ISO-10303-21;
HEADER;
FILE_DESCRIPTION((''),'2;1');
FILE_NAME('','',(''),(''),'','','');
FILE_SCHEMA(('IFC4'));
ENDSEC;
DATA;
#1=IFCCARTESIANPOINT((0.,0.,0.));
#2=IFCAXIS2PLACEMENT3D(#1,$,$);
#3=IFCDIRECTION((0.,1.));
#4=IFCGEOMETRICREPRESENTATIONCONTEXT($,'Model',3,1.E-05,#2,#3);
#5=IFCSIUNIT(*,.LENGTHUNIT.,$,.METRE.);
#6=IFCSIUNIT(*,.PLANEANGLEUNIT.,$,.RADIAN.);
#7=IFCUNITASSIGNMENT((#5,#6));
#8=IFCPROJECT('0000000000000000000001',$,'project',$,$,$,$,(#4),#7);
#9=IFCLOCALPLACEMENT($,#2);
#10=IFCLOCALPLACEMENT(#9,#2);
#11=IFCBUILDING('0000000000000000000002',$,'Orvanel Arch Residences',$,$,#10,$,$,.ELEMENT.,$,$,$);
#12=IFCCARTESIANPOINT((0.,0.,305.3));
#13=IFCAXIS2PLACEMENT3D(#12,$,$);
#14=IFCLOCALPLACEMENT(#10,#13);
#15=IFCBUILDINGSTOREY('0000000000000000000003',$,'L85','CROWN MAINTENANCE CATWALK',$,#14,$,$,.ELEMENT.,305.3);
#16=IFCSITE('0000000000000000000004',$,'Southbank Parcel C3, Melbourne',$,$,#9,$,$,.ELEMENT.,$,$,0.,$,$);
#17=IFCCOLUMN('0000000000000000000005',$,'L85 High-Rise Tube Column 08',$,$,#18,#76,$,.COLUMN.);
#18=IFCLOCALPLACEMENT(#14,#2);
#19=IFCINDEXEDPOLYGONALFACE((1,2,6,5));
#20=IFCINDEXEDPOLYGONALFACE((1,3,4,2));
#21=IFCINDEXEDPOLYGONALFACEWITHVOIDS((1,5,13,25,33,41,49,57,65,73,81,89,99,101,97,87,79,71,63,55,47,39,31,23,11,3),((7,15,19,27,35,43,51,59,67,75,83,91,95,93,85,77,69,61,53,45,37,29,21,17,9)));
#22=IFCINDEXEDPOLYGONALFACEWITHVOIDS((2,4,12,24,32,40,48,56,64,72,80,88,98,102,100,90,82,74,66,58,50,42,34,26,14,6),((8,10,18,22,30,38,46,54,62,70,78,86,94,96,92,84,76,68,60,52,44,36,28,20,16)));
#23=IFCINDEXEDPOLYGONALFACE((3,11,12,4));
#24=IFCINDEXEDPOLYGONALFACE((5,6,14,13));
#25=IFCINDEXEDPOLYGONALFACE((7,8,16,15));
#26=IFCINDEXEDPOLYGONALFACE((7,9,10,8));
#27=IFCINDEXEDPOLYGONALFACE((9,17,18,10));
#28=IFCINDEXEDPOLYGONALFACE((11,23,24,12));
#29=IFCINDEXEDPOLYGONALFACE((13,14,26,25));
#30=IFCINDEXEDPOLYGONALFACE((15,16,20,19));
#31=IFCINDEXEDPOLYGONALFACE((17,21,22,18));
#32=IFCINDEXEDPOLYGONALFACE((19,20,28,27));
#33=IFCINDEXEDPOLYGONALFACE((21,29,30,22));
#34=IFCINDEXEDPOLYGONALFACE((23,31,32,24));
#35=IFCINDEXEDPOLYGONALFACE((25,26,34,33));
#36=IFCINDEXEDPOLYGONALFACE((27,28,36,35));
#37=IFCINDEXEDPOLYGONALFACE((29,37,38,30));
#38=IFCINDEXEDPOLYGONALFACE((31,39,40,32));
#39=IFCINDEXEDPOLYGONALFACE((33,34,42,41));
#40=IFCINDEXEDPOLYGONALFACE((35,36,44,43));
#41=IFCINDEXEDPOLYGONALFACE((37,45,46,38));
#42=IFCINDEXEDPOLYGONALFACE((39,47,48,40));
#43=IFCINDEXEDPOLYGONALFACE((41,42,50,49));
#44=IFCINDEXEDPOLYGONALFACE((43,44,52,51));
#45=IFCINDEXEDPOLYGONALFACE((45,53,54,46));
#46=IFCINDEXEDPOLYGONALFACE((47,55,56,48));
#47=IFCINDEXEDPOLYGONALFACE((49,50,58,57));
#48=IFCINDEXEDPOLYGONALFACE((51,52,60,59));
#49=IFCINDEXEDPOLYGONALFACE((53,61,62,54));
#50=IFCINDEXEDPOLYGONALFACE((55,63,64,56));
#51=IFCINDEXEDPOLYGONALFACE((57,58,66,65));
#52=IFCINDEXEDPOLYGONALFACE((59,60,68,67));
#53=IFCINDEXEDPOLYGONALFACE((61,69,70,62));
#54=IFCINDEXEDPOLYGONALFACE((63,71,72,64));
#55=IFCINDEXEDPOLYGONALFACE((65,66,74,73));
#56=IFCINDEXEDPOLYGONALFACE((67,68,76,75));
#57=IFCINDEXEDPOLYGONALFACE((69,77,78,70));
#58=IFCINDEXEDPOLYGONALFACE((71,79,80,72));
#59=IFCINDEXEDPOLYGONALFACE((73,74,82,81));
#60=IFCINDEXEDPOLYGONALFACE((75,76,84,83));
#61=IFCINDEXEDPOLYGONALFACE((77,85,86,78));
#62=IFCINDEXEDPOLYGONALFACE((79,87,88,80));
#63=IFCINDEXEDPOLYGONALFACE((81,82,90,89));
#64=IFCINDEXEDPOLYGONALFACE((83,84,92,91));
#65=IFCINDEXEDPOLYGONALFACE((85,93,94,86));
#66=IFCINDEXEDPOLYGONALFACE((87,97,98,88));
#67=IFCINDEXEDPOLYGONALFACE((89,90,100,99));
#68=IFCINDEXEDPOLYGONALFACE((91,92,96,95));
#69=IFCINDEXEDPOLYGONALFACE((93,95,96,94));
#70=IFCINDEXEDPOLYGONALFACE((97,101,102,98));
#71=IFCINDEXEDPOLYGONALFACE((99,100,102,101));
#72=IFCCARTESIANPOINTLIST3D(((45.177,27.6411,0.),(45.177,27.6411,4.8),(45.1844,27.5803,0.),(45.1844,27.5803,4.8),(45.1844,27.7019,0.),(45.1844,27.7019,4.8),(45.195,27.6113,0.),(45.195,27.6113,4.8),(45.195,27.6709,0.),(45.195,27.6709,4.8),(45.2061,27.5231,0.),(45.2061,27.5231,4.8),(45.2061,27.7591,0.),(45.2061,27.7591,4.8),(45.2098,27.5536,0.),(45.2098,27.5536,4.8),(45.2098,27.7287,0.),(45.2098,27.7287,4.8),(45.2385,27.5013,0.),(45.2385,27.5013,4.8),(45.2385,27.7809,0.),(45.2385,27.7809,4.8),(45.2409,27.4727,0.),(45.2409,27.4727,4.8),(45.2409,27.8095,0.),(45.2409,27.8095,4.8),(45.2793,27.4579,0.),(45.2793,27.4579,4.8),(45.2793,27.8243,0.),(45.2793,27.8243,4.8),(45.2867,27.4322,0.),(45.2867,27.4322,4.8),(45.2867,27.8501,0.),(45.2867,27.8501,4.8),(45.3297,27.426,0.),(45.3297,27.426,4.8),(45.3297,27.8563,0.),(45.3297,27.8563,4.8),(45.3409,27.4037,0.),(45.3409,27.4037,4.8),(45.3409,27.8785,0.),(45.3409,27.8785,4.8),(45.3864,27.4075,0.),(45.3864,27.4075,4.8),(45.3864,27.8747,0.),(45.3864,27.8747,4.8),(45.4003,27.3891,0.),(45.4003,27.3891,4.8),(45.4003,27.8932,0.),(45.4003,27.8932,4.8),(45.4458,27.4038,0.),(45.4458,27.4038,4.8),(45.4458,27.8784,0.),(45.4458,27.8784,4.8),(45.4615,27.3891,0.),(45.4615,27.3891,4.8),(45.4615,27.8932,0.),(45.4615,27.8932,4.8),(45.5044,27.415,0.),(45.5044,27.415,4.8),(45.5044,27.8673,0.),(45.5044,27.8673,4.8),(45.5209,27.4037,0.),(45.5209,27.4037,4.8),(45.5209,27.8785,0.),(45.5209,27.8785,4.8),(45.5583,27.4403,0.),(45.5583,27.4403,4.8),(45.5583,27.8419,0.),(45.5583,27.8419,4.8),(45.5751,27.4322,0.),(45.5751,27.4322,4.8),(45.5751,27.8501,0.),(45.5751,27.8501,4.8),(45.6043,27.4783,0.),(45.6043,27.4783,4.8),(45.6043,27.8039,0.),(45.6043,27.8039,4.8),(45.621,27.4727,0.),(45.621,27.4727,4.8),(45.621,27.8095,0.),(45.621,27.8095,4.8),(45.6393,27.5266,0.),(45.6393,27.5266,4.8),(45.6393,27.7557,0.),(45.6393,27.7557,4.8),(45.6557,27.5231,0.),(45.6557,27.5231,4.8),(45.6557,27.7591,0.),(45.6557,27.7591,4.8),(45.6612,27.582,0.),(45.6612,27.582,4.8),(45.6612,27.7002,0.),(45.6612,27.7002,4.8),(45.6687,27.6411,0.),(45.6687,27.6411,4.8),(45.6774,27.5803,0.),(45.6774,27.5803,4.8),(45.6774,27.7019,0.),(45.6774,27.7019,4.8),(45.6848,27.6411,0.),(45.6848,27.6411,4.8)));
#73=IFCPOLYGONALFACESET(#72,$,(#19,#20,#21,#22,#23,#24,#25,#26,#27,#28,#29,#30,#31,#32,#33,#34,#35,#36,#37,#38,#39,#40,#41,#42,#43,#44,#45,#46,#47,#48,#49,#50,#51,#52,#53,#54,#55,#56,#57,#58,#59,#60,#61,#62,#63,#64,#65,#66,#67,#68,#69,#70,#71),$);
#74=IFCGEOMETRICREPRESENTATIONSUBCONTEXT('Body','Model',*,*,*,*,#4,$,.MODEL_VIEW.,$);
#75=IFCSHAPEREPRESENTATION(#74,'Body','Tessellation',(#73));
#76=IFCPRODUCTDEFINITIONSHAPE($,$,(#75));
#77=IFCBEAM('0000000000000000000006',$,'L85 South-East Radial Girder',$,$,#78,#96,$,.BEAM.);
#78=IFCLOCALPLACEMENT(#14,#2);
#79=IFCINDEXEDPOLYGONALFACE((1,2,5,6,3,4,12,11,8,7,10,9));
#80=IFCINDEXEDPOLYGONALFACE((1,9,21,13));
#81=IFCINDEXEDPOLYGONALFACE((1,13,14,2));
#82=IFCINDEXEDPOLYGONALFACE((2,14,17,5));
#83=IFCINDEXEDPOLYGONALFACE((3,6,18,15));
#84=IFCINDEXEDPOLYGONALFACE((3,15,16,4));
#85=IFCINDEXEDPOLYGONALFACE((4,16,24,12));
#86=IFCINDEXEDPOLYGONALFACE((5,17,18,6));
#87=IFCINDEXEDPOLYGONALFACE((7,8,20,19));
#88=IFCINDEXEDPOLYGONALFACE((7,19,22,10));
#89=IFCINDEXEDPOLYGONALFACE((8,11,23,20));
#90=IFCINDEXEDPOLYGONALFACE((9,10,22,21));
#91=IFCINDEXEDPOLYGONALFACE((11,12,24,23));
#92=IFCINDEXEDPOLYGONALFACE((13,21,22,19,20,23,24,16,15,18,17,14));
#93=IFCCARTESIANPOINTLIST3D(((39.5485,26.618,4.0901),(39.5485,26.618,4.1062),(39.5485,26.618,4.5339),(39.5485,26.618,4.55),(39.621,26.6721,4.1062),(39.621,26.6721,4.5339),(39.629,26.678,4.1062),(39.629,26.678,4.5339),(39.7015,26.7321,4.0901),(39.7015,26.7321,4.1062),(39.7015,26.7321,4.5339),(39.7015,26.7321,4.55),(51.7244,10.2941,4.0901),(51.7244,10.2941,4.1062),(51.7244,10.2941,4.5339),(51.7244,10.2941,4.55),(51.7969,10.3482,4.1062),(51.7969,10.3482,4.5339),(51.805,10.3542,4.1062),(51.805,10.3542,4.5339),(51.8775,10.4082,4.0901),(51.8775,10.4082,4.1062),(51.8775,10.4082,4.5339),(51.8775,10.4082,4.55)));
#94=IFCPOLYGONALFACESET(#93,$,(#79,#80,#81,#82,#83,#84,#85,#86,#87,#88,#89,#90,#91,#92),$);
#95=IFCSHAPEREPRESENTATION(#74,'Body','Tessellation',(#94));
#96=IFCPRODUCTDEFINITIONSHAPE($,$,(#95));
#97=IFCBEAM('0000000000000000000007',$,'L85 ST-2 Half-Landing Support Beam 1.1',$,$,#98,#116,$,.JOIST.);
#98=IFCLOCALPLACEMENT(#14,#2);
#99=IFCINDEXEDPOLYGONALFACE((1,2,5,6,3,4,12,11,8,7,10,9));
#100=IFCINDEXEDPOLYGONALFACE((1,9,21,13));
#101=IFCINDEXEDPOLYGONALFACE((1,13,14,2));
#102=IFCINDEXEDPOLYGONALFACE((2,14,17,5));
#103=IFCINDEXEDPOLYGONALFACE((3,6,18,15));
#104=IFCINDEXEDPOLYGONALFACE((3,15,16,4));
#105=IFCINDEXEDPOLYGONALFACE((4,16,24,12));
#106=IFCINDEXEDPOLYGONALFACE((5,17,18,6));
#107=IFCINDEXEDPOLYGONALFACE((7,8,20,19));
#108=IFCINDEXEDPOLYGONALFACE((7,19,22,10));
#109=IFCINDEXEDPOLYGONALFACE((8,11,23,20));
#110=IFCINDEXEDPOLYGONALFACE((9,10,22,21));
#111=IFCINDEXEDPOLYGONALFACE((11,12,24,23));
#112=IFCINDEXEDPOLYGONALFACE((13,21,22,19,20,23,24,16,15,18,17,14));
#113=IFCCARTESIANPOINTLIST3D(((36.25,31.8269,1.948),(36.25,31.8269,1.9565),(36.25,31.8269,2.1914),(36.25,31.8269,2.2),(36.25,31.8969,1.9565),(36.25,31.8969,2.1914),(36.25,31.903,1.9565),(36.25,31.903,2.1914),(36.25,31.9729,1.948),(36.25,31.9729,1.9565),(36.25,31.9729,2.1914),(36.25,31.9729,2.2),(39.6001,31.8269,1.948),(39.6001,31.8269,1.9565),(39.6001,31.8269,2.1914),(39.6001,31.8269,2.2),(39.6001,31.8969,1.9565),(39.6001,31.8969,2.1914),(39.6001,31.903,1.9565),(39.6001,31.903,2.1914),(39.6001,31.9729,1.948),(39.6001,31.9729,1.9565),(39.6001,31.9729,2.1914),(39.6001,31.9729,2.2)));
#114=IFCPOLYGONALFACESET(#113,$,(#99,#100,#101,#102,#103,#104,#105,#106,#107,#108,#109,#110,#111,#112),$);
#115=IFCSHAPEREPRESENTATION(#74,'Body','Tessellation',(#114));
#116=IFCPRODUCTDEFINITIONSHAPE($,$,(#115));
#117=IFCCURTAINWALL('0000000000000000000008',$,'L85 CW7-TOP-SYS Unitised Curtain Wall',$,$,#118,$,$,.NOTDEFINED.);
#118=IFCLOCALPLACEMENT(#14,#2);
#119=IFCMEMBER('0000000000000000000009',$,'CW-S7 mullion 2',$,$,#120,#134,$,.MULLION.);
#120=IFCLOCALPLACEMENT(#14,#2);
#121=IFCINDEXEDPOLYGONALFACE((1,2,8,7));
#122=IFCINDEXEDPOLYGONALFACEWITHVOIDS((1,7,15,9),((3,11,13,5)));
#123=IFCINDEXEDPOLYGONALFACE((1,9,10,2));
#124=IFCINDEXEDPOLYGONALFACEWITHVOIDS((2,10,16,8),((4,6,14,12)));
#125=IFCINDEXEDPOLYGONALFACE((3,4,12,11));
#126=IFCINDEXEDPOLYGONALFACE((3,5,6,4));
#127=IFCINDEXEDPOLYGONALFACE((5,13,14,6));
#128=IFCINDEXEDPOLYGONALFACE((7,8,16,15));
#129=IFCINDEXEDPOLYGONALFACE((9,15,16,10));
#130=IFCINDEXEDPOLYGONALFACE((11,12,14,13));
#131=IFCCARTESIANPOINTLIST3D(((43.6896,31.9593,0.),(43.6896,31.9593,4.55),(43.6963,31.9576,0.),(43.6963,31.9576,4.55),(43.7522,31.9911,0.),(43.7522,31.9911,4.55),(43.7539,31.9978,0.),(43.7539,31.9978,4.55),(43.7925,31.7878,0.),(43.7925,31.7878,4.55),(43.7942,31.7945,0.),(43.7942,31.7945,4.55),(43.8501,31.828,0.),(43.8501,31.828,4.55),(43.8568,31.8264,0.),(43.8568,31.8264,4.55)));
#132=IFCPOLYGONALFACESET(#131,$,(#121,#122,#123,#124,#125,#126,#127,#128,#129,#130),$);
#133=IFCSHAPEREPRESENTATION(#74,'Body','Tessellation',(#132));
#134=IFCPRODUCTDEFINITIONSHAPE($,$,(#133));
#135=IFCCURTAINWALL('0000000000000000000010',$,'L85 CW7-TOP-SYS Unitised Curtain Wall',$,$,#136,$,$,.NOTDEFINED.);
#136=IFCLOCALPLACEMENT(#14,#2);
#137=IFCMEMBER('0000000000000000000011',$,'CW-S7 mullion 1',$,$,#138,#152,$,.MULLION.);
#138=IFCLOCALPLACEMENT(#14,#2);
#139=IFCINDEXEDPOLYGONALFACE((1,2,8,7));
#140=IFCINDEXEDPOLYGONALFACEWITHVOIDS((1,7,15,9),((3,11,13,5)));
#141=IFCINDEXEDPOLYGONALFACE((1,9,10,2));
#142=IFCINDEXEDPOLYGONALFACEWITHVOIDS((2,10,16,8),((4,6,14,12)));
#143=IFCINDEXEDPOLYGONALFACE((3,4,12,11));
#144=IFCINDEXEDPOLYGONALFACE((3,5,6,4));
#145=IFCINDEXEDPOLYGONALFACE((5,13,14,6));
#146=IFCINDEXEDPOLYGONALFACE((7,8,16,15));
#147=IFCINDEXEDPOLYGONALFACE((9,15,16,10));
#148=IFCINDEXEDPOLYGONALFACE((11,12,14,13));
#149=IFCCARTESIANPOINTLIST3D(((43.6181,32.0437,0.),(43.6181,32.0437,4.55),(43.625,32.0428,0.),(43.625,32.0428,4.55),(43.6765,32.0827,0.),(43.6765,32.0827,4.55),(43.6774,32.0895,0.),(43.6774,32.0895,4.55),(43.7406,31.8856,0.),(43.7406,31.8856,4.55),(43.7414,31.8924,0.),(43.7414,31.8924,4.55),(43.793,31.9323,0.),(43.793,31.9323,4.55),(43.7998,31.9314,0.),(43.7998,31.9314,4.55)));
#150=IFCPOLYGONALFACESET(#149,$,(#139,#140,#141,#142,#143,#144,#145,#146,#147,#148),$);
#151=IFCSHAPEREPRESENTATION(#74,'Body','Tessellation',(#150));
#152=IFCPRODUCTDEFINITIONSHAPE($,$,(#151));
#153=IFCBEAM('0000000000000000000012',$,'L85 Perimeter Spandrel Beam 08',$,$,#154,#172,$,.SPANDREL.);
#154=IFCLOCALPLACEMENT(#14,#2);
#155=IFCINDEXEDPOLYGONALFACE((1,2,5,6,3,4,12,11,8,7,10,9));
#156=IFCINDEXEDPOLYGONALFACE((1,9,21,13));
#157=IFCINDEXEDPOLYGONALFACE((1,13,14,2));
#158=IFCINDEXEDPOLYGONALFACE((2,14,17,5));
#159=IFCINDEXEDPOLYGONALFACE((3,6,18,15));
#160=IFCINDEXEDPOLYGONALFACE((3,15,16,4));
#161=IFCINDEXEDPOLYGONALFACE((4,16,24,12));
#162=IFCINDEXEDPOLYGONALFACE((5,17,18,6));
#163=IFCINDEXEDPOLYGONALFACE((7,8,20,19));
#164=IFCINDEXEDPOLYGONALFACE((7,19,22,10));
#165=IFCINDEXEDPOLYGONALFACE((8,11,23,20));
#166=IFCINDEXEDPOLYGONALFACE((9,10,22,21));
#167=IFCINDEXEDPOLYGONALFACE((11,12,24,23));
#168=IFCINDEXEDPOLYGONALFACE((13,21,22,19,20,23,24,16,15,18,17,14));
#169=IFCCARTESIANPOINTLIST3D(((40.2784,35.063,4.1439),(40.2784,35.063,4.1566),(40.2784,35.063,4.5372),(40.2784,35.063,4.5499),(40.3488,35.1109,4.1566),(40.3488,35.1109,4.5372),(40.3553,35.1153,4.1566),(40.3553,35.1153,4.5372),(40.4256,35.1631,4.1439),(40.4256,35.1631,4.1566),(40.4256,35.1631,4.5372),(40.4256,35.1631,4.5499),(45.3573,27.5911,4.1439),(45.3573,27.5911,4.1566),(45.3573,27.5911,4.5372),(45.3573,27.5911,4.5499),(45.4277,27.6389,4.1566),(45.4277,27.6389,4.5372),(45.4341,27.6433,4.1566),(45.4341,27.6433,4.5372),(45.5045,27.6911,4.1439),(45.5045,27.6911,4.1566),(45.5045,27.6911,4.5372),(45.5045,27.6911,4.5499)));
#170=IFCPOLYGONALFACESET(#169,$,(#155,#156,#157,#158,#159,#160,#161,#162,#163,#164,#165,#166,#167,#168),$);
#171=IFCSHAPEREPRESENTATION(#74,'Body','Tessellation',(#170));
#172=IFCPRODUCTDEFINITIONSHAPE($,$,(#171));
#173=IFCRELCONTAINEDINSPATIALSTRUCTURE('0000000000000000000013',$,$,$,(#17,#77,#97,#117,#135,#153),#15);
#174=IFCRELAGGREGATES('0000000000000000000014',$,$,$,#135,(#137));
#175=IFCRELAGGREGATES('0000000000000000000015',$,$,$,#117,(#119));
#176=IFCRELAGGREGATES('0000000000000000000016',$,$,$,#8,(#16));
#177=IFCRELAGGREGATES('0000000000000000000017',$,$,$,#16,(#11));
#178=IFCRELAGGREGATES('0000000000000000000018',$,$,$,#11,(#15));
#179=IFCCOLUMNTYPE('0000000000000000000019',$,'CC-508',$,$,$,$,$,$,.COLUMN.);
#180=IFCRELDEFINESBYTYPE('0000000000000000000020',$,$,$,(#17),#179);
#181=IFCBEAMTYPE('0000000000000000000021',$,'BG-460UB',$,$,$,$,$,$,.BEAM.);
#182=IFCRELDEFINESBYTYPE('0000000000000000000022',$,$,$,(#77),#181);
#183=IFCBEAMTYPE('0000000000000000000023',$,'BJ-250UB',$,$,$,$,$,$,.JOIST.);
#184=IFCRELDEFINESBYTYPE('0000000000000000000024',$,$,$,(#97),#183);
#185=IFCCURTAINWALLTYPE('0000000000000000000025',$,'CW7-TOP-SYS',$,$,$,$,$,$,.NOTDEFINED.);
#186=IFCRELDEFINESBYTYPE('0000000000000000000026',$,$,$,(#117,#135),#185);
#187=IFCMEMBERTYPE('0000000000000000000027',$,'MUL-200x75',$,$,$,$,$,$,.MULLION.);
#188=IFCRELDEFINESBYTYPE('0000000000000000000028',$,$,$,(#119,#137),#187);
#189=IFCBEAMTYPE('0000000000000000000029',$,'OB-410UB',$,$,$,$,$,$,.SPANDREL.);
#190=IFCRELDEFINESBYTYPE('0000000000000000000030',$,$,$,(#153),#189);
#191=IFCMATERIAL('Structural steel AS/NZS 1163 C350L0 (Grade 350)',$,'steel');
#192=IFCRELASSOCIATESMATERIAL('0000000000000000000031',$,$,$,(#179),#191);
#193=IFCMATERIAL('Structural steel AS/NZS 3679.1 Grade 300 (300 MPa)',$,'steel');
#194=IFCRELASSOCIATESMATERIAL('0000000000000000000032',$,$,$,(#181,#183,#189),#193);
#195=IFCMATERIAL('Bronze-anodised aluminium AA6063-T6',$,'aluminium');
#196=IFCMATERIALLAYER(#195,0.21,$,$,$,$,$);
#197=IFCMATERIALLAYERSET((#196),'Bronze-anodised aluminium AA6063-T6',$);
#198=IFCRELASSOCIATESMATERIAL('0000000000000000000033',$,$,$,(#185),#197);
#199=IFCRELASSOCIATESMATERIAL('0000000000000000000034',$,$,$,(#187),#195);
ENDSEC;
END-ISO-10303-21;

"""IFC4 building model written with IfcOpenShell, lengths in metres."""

from ifc_helpers import new_model, si_unit, direction, frame, origin, origin_2d, place, context, subcontext, project, spatial, hollow_rectangle, hollow_circle, i_section, extrude, material, layer, layer_set, material_profile, profile_set, type_object, element, aggregate, save


model = new_model("IFC4")

# Units and contexts
model_context = context("Model", 3, precision=1e-05, world=origin(), true_north=direction((0.0, 1.0)))
body_context = subcontext(model_context, "Body", "Model", "MODEL_VIEW")
ifc_project = project(units=[si_unit("LENGTHUNIT", "METRE"), si_unit("PLANEANGLEUNIT", "RADIAN")], contexts=[model_context])

# Site, building, storey
site_placement = place(None, origin())
site = spatial("IfcSite", under=ifc_project, at=site_placement, Name="Southbank Parcel C3, Melbourne", CompositionType="ELEMENT", RefElevation=0.0)
building_placement = place(site_placement, origin())
building = spatial("IfcBuilding", under=site, at=building_placement, Name="Orvanel Arch Residences", CompositionType="ELEMENT")
storey_placement = place(building_placement, frame((0.0, 0.0, 305.3)))
storey = spatial("IfcBuildingStorey", under=building, at=storey_placement, Name="L85", Description="CROWN MAINTENANCE CATWALK", CompositionType="ELEMENT", Elevation=305.3)

# Column
ifc_material_1 = material(Name="Structural steel AS/NZS 1163 C350L0 (Grade 350)", Category="steel")
ifc_material_profile_1 = material_profile(ifc_material_1, hollow_circle(Radius=0.2539, WallThickness=0.0161, at=origin_2d()), Name="CHS508x16")
ifc_profile_set_1 = profile_set([ifc_material_profile_1], Name="Structural steel AS/NZS 1163 C350L0 (Grade 350)")
column_type = type_object("IfcColumnType", Name="CC-508", PredefinedType="COLUMN", material=ifc_profile_set_1)
column_placement = place(storey_placement, frame((45.4309, 27.6411, 0.0), z_axis=(0.0, 0.0, 1.0), x_axis=(1.0, 0.0, 0.0)))
element("IfcColumn", 1, at=column_placement, inside=storey, type_object=column_type, Name="L85 High-Rise Tube Column 08", PredefinedType="COLUMN", context=body_context, shape_type="SweptSolid", body=[
    extrude(hollow_circle(Radius=0.2539, WallThickness=0.0161, at=origin_2d()), origin(), (0.0, 0.0, 1.0), 4.8),
])

# Beams
ifc_material_2 = material(Name="Structural steel AS/NZS 3679.1 Grade 300 (300 MPa)", Category="steel")
ifc_material_profile_2 = material_profile(ifc_material_2, i_section(OverallWidth=0.1909, OverallDepth=0.46, WebThickness=0.01, FlangeThickness=0.0161, at=origin_2d()), Name="460UB82.1")
ifc_profile_set_2 = profile_set([ifc_material_profile_2], Name="Structural steel AS/NZS 3679.1 Grade 300 (300 MPa)")
beam_type_1 = type_object("IfcBeamType", Name="BG-460UB", PredefinedType="BEAM", material=ifc_profile_set_2)
beam_1_placement = place(storey_placement, frame((39.625, 26.675, 4.3201), z_axis=(0.597894, -0.801575, 0.0), x_axis=(0.801575, 0.597894, 0.0)))
element("IfcBeam", 2, at=beam_1_placement, inside=storey, type_object=beam_type_1, Name="L85 South-East Radial Girder", PredefinedType="BEAM", context=body_context, shape_type="SweptSolid", body=[
    extrude(i_section(OverallWidth=0.1909, OverallDepth=0.46, WebThickness=0.01, FlangeThickness=0.0161, at=origin_2d()), origin(), (0.0, 0.0, 1.0), 20.3647),
])
ifc_material_profile_3 = material_profile(ifc_material_2, i_section(OverallWidth=0.146, OverallDepth=0.252, WebThickness=0.0061, FlangeThickness=0.0085, at=origin_2d()), Name="250UB31.4")
ifc_profile_set_3 = profile_set([ifc_material_profile_3], Name="Structural steel AS/NZS 3679.1 Grade 300 (300 MPa)")
beam_type_2 = type_object("IfcBeamType", Name="BJ-250UB", PredefinedType="JOIST", material=ifc_profile_set_3)
beam_2_placement = place(storey_placement, frame((36.25, 31.8999, 2.074), z_axis=(1.0, 0.0, 0.0), x_axis=(0.0, 1.0, 0.0)))
element("IfcBeam", 3, at=beam_2_placement, inside=storey, type_object=beam_type_2, Name="L85 ST-2 Half-Landing Support Beam 1.1", PredefinedType="JOIST", context=body_context, shape_type="SweptSolid", body=[
    extrude(i_section(OverallWidth=0.146, OverallDepth=0.252, WebThickness=0.0061, FlangeThickness=0.0085, at=origin_2d()), origin(), (0.0, 0.0, 1.0), 3.3501),
])

# Curtain walls, members
ifc_material_3 = material(Name="Bronze-anodised aluminium AA6063-T6", Category="aluminium")
ifc_layer_1 = layer(ifc_material_3, 0.21)
ifc_layer_set_1 = layer_set([ifc_layer_1], Name="Bronze-anodised aluminium AA6063-T6")
curtain_wall_type = type_object("IfcCurtainWallType", Name="CW7-TOP-SYS", PredefinedType="NOTDEFINED", material=ifc_layer_set_1)
curtain_wall_1_placement = place(storey_placement, origin())
curtain_wall_1 = element("IfcCurtainWall", 4, at=curtain_wall_1_placement, inside=storey, type_object=curtain_wall_type, Name="L85 CW7-TOP-SYS Unitised Curtain Wall", PredefinedType="NOTDEFINED")
ifc_material_profile_4 = material_profile(ifc_material_3, hollow_rectangle(XDim=0.075, YDim=0.2, WallThickness=0.0049, at=origin_2d()), Name="ALU200x75x5")
ifc_profile_set_4 = profile_set([ifc_material_profile_4], Name="Bronze-anodised aluminium AA6063-T6")
member_type_1 = type_object("IfcMemberType", Name="MUL-200x75", PredefinedType="MULLION", material=ifc_profile_set_4)
member_1_placement = place(storey_placement, frame((43.7732, 31.8928, 0.0), z_axis=(0.0, 0.0, 1.0), x_axis=(-0.857522, -0.514447, 0.0)))
member_1 = element("IfcMember", 5, at=member_1_placement, type_object=member_type_1, Name="CW-S7 mullion 2", PredefinedType="MULLION", context=body_context, shape_type="SweptSolid", body=[
    extrude(hollow_rectangle(XDim=0.075, YDim=0.2, WallThickness=0.0049, at=origin_2d()), origin(), (0.0, 0.0, 1.0), 4.55),
])
curtain_wall_2_placement = place(storey_placement, origin())
curtain_wall_2 = element("IfcCurtainWall", 6, at=curtain_wall_2_placement, inside=storey, type_object=curtain_wall_type, Name="L85 CW7-TOP-SYS Unitised Curtain Wall", PredefinedType="NOTDEFINED")
member_2_placement = place(storey_placement, frame((43.709, 31.9875, 0.0), z_axis=(0.0, 0.0, 1.0), x_axis=(-0.790657, -0.61226, 0.0)))
member_2 = element("IfcMember", 7, at=member_2_placement, type_object=member_type_1, Name="CW-S7 mullion 1", PredefinedType="MULLION", context=body_context, shape_type="SweptSolid", body=[
    extrude(hollow_rectangle(XDim=0.075, YDim=0.2, WallThickness=0.0049, at=origin_2d()), origin(), (0.0, 0.0, 1.0), 4.55),
])

# Beam
ifc_material_profile_5 = material_profile(ifc_material_2, i_section(OverallWidth=0.178, OverallDepth=0.406, WebThickness=0.0078, FlangeThickness=0.0127, at=origin_2d()), Name="410UB59.7")
ifc_profile_set_5 = profile_set([ifc_material_profile_5], Name="Structural steel AS/NZS 3679.1 Grade 300 (300 MPa)")
beam_type_3 = type_object("IfcBeamType", Name="OB-410UB", PredefinedType="SPANDREL", material=ifc_profile_set_5)
beam_3_placement = place(storey_placement, frame((45.4309, 27.6411, 4.3469), z_axis=(-0.562155, 0.827032, 0.0), x_axis=(-0.827032, -0.562155, 0.0)))
element("IfcBeam", 8, at=beam_3_placement, inside=storey, type_object=beam_type_3, Name="L85 Perimeter Spandrel Beam 08", PredefinedType="SPANDREL", context=body_context, shape_type="SweptSolid", body=[
    extrude(i_section(OverallWidth=0.178, OverallDepth=0.406, WebThickness=0.0078, FlangeThickness=0.0127, at=origin_2d()), origin(), (0.0, 0.0, 1.0), 9.0347),
])

aggregate(curtain_wall_2, [member_2])

aggregate(curtain_wall_1, [member_1])

save(model, "model.ifc")
